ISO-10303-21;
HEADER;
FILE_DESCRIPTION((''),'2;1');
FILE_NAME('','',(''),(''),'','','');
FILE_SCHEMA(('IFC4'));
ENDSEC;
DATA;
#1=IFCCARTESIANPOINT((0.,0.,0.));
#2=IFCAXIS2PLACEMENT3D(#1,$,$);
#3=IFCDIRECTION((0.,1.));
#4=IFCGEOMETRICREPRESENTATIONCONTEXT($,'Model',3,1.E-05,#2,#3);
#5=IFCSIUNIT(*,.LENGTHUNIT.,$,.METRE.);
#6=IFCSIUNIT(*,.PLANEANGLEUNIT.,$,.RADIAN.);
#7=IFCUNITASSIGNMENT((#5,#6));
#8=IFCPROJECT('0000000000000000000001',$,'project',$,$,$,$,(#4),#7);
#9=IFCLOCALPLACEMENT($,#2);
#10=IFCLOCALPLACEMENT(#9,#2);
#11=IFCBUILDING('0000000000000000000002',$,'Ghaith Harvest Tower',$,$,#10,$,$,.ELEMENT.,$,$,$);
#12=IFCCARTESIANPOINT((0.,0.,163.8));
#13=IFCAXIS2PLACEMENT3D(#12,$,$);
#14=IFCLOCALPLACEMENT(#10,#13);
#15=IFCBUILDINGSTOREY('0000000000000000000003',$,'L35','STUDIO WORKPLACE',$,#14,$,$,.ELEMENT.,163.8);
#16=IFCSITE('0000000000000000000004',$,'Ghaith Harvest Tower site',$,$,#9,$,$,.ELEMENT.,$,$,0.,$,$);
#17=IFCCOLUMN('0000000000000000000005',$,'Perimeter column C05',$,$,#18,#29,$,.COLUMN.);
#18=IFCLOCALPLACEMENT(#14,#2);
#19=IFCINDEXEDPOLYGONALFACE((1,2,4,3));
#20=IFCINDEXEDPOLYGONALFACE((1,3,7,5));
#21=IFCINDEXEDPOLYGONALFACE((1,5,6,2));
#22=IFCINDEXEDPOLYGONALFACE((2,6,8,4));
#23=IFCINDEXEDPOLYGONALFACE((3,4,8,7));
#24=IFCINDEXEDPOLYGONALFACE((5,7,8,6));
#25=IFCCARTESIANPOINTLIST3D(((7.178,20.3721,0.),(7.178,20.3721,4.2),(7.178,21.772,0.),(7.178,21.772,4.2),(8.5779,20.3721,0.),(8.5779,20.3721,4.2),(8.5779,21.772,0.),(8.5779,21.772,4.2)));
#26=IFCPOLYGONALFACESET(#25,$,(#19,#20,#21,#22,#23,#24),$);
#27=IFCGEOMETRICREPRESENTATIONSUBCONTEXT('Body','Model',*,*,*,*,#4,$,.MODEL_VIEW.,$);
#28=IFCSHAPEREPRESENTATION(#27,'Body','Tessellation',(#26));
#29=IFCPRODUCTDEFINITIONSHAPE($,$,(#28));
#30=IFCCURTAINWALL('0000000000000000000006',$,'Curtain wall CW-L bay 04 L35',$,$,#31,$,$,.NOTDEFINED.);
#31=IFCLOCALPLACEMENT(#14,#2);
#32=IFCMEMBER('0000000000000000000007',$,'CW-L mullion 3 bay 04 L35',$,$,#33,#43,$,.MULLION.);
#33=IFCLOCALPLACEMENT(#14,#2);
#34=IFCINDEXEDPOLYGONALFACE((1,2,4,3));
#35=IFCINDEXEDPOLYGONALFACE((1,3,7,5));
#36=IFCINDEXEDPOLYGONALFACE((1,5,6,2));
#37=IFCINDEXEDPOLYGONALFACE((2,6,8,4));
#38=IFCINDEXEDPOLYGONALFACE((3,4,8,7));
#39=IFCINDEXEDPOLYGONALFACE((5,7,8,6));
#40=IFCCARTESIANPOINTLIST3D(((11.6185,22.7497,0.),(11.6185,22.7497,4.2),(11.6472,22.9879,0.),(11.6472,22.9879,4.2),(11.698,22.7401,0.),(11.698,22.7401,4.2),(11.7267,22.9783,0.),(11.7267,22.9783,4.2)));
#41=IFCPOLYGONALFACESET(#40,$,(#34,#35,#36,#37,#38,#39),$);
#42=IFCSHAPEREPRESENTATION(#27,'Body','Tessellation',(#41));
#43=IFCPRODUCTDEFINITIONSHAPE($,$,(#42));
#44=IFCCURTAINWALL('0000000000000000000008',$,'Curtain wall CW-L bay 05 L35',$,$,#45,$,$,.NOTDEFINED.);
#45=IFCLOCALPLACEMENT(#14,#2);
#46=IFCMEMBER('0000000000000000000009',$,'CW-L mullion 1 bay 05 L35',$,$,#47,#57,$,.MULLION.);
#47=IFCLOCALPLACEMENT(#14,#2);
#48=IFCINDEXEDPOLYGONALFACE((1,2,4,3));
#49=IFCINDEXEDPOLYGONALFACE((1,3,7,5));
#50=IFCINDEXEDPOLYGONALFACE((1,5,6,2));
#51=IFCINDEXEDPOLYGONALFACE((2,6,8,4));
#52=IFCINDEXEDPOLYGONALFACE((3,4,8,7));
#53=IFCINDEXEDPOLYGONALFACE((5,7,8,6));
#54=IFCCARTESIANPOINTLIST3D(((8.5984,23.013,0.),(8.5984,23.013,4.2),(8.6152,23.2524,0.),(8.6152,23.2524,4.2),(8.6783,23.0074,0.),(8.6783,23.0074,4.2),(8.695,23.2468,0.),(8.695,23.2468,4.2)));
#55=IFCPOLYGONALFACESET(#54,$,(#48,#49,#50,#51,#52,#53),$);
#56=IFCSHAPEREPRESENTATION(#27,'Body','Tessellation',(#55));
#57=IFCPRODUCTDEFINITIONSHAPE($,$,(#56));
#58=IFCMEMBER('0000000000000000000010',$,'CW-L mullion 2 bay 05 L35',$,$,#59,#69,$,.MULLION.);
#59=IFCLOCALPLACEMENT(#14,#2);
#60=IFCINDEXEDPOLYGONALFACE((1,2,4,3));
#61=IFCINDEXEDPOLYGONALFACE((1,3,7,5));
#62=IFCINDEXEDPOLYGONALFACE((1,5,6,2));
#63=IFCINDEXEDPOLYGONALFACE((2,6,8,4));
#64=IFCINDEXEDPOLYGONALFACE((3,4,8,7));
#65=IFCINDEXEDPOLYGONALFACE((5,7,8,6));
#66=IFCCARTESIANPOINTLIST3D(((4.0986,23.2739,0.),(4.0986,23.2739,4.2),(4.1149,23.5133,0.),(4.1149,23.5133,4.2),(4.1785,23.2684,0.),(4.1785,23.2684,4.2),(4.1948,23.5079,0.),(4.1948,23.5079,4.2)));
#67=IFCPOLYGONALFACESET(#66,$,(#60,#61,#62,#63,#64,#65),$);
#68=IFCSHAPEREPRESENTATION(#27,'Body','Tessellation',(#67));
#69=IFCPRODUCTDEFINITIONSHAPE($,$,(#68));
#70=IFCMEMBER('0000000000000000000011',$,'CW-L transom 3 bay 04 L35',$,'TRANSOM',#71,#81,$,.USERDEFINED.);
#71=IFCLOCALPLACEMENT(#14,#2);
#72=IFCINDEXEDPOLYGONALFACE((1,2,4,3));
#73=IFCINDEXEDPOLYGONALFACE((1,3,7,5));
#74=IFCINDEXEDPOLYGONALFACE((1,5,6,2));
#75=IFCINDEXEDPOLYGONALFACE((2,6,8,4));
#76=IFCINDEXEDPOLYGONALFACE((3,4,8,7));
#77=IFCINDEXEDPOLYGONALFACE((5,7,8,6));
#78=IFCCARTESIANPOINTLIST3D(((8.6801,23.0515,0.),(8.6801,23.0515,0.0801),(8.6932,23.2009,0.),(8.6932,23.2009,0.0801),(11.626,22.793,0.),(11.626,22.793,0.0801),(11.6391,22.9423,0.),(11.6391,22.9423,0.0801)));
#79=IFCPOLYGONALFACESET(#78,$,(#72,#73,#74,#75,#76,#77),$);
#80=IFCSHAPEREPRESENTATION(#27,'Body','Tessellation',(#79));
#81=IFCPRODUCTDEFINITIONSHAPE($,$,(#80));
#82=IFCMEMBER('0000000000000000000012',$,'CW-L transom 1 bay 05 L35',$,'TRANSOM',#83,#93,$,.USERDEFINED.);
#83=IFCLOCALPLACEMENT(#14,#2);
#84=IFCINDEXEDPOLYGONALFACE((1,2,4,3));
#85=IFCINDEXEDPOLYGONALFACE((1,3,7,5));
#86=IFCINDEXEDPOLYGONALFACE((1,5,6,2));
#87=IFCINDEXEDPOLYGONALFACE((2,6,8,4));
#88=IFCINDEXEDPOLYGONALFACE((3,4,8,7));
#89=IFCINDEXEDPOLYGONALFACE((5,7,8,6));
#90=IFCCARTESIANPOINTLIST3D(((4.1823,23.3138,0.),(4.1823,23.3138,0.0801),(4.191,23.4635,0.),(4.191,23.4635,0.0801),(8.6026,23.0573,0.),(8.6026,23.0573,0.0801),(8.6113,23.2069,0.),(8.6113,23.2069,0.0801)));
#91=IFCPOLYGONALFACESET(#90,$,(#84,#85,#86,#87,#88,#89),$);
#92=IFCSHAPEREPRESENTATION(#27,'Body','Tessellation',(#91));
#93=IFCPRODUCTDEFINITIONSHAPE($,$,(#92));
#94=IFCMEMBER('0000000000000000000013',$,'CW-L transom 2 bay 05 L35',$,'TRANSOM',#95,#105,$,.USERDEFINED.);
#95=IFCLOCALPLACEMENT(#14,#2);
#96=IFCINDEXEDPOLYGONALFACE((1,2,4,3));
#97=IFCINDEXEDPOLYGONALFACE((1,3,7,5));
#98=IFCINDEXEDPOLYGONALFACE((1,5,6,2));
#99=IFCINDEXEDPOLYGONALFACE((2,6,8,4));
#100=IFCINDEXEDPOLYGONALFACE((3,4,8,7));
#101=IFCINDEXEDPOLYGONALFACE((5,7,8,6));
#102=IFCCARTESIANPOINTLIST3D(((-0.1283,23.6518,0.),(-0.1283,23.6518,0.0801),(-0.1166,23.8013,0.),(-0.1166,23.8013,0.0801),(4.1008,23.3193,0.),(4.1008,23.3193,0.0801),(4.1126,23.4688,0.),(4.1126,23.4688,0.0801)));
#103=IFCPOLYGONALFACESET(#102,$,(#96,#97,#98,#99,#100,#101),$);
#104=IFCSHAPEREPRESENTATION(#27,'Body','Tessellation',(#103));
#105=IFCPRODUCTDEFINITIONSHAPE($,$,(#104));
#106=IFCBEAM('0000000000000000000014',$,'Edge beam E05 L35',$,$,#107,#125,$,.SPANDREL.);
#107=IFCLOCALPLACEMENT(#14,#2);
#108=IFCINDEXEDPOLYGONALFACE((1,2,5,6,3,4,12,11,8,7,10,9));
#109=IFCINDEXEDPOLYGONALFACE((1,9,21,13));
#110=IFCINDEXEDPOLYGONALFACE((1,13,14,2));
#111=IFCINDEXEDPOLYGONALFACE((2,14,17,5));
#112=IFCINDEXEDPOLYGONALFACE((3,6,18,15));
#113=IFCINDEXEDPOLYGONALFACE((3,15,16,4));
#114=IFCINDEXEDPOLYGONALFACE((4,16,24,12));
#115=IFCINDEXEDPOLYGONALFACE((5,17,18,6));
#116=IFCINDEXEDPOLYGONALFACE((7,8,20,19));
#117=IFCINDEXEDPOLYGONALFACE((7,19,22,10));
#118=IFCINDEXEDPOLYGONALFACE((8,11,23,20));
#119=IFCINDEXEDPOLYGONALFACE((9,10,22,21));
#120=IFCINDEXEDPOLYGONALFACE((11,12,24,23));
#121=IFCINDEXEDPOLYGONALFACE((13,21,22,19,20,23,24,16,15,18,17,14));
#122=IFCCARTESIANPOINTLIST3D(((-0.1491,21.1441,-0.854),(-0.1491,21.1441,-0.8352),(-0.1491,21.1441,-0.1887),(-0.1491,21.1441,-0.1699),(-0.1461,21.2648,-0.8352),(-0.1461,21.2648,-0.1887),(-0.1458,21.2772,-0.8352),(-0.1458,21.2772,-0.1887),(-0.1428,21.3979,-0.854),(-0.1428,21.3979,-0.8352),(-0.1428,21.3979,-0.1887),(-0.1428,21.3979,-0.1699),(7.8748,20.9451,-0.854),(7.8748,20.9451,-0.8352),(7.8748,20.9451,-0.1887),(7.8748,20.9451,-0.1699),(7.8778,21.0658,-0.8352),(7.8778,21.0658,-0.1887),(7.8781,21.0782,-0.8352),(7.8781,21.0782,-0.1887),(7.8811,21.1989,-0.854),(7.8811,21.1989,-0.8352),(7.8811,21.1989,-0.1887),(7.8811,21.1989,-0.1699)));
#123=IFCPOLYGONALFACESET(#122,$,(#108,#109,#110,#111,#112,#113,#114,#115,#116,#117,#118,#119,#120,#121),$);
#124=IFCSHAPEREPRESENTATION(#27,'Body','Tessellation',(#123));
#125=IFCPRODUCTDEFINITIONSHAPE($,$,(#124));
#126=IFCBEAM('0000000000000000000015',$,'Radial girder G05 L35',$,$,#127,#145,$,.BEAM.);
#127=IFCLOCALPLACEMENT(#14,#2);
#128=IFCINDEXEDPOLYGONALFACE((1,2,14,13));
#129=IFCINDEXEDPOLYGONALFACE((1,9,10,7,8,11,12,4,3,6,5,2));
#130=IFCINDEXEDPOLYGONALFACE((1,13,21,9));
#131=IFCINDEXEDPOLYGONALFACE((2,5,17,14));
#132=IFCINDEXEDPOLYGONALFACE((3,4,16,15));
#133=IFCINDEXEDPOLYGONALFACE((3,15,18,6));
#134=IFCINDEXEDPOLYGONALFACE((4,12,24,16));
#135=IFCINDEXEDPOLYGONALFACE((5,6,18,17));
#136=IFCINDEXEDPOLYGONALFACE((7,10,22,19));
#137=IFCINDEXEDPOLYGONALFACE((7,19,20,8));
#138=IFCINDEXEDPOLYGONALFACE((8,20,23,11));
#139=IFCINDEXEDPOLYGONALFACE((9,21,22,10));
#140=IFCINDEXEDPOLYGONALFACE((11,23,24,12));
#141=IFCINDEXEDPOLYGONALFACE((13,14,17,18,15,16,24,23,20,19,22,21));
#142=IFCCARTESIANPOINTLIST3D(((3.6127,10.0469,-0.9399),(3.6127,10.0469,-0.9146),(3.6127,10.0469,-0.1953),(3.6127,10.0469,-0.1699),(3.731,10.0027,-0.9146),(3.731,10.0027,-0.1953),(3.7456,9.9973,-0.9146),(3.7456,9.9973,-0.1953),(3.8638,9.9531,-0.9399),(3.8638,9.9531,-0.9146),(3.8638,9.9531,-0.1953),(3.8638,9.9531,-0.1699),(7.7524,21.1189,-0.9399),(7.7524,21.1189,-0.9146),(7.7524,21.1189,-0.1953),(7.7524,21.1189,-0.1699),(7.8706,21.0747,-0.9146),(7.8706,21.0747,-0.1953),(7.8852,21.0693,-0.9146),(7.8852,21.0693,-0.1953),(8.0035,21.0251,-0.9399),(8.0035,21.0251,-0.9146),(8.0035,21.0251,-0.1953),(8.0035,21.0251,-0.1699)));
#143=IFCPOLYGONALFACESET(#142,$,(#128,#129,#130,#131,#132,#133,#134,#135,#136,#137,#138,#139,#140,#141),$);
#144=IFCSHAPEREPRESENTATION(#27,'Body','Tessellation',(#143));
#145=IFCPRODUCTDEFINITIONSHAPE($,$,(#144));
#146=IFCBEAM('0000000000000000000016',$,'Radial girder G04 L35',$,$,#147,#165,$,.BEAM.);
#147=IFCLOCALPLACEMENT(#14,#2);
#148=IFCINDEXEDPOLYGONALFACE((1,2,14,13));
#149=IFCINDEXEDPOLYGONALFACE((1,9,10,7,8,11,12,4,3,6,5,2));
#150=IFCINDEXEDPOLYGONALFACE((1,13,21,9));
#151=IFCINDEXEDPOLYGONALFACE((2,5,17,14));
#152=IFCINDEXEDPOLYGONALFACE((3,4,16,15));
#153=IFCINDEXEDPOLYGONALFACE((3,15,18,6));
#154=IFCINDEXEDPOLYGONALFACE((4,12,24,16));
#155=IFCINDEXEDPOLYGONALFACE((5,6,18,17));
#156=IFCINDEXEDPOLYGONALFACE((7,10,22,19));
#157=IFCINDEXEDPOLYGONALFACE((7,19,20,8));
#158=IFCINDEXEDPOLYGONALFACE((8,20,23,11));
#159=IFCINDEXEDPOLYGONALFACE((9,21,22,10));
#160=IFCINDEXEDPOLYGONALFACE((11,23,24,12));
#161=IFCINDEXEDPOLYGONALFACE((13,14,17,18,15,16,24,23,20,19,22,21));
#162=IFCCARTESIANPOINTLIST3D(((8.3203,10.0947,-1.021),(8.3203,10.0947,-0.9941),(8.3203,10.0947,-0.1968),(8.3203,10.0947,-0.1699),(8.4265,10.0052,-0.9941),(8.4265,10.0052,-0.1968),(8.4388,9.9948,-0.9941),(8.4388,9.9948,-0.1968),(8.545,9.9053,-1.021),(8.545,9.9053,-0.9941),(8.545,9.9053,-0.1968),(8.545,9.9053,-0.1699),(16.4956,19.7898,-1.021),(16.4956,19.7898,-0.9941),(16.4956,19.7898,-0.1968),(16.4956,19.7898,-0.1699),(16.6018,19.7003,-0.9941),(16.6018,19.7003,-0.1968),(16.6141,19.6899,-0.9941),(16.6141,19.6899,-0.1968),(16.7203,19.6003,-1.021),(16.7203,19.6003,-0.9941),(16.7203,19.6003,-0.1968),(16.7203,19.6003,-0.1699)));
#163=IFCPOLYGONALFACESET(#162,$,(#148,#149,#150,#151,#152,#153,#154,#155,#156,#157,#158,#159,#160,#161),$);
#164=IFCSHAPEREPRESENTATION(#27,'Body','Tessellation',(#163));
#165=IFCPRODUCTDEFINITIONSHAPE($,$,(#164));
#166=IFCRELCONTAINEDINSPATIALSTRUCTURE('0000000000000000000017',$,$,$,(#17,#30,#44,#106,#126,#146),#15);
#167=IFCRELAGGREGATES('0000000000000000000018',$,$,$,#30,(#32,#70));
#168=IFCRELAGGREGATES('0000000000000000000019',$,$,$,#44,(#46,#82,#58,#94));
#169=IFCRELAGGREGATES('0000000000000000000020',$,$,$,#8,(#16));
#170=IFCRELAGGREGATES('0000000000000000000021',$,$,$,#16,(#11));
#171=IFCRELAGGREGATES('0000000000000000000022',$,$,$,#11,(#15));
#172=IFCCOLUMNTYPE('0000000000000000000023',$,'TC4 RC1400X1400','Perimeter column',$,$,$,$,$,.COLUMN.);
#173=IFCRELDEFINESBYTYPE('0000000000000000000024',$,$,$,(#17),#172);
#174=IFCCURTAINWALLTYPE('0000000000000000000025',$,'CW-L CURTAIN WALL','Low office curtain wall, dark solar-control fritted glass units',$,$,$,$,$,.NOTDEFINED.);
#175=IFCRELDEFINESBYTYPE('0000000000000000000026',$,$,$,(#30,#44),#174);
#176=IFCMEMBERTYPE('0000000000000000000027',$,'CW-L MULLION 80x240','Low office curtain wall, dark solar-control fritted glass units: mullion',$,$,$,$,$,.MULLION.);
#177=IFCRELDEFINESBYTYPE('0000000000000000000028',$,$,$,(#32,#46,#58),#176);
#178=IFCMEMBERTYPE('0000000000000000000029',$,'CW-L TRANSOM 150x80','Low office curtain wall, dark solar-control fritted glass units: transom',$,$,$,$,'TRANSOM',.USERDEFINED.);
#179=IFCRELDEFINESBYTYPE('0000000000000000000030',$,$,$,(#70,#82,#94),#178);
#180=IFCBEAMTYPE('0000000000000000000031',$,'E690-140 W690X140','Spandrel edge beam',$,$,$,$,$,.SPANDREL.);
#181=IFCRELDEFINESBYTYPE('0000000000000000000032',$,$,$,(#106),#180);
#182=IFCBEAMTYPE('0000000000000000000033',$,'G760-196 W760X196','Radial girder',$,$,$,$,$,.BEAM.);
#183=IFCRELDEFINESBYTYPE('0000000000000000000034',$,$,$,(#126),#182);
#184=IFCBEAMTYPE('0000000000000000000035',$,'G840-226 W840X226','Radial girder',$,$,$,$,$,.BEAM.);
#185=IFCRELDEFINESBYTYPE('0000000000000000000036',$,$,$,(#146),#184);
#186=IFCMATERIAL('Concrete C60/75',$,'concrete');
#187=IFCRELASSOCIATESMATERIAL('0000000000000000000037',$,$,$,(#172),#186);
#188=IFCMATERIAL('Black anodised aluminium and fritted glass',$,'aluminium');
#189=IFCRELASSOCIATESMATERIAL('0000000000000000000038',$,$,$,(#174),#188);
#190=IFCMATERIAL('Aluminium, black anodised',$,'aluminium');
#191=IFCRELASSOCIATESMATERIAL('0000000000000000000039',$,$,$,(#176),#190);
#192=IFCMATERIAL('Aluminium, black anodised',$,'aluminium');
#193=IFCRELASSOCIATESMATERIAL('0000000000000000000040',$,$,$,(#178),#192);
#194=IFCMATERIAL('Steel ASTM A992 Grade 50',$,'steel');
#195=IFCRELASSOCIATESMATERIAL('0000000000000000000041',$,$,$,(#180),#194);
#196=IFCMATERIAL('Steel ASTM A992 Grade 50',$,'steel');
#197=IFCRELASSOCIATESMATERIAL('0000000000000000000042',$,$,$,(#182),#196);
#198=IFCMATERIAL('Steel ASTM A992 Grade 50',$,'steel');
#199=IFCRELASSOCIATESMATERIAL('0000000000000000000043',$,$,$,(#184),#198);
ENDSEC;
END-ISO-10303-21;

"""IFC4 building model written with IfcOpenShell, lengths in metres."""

from ifc_helpers import new_model, si_unit, direction, frame, origin, origin_2d, place, context, subcontext, project, spatial, rectangle, i_section, extrude, material, material_profile, profile_set, type_object, element, aggregate, save


model = new_model("IFC4")

# Units and contexts
model_context = context("Model", 3, precision=1e-05, world=origin(), true_north=direction((0.0, 1.0)))
body_context = subcontext(model_context, "Body", "Model", "MODEL_VIEW")
ifc_project = project(units=[si_unit("LENGTHUNIT", "METRE"), si_unit("PLANEANGLEUNIT", "RADIAN")], contexts=[model_context])

# Site, building, storey
site_placement = place(None, origin())
site = spatial("IfcSite", under=ifc_project, at=site_placement, Name="Ghaith Harvest Tower site", CompositionType="ELEMENT", RefElevation=0.0)
building_placement = place(site_placement, origin())
building = spatial("IfcBuilding", under=site, at=building_placement, Name="Ghaith Harvest Tower", CompositionType="ELEMENT")
storey_placement = place(building_placement, frame((0.0, 0.0, 163.8)))
storey = spatial("IfcBuildingStorey", under=building, at=storey_placement, Name="L35", Description="STUDIO WORKPLACE", CompositionType="ELEMENT", Elevation=163.8)

# Column
ifc_material_1 = material(Name="Concrete C60/75", Category="concrete")
ifc_material_profile_1 = material_profile(ifc_material_1, rectangle(XDim=1.3999, YDim=1.3999, at=origin_2d()), Name="RC1400X1400")
ifc_profile_set_1 = profile_set([ifc_material_profile_1], Name="Concrete C60/75")
column_type = type_object("IfcColumnType", Name="TC4 RC1400X1400", Description="Perimeter column", PredefinedType="COLUMN", material=ifc_profile_set_1)
column_placement = place(storey_placement, frame((7.8779, 21.072, 0.0), z_axis=(0.0, 0.0, 1.0), x_axis=(1.0, 0.0, 0.0)))
element("IfcColumn", 1, at=column_placement, inside=storey, type_object=column_type, Name="Perimeter column C05", PredefinedType="COLUMN", context=body_context, shape_type="SweptSolid", body=[
    extrude(rectangle(XDim=1.3999, YDim=1.3999, at=origin_2d()), origin(), (0.0, 0.0, 1.0), 4.2),
])

# Curtain wall, member
ifc_material_2 = material(Name="Black anodised aluminium and fritted glass", Category="aluminium")
curtain_wall_type = type_object("IfcCurtainWallType", Name="CW-L CURTAIN WALL", Description="Low office curtain wall, dark solar-control fritted glass units", PredefinedType="NOTDEFINED", material=ifc_material_2)
curtain_wall_1_placement = place(storey_placement, origin())
curtain_wall_1 = element("IfcCurtainWall", 2, at=curtain_wall_1_placement, inside=storey, type_object=curtain_wall_type, Name="Curtain wall CW-L bay 04 L35", PredefinedType="NOTDEFINED")
ifc_material_3 = material(Name="Aluminium, black anodised", Category="aluminium")
ifc_material_profile_2 = material_profile(ifc_material_3, rectangle(XDim=0.0801, YDim=0.24, at=origin_2d()), Name="CW-L MULLION 80x240")
ifc_profile_set_2 = profile_set([ifc_material_profile_2], Name="Aluminium, black anodised")
member_type_1 = type_object("IfcMemberType", Name="CW-L MULLION 80x240", Description="Low office curtain wall, dark solar-control fritted glass units: mullion", PredefinedType="MULLION", material=ifc_profile_set_2)
member_1_placement = place(storey_placement, frame((11.6726, 22.864, 0.0), z_axis=(0.0, 0.0, 1.0), x_axis=(-0.9928, 0.11978, 0.0)))
member_1 = element("IfcMember", 3, at=member_1_placement, type_object=member_type_1, Name="CW-L mullion 3 bay 04 L35", PredefinedType="MULLION", context=body_context, shape_type="SweptSolid", body=[
    extrude(rectangle(XDim=0.0801, YDim=0.24, at=origin_2d()), origin(), (0.0, 0.0, 1.0), 4.2),
])

# Curtain wall, members
curtain_wall_2_placement = place(storey_placement, origin())
curtain_wall_2 = element("IfcCurtainWall", 4, at=curtain_wall_2_placement, inside=storey, type_object=curtain_wall_type, Name="Curtain wall CW-L bay 05 L35", PredefinedType="NOTDEFINED")
member_2_placement = place(storey_placement, frame((8.6467, 23.1299, 0.0), z_axis=(0.0, 0.0, 1.0), x_axis=(-0.997559, 0.069832, 0.0)))
member_2 = element("IfcMember", 5, at=member_2_placement, type_object=member_type_1, Name="CW-L mullion 1 bay 05 L35", PredefinedType="MULLION", context=body_context, shape_type="SweptSolid", body=[
    extrude(rectangle(XDim=0.0801, YDim=0.24, at=origin_2d()), origin(), (0.0, 0.0, 1.0), 4.2),
])
member_3_placement = place(storey_placement, frame((4.1467, 23.3909, 0.0), z_axis=(0.0, 0.0, 1.0), x_axis=(-0.99769, 0.067933, 0.0)))
member_3 = element("IfcMember", 6, at=member_3_placement, type_object=member_type_1, Name="CW-L mullion 2 bay 05 L35", PredefinedType="MULLION", context=body_context, shape_type="SweptSolid", body=[
    extrude(rectangle(XDim=0.0801, YDim=0.24, at=origin_2d()), origin(), (0.0, 0.0, 1.0), 4.2),
])

# Members
ifc_material_4 = material(Name="Aluminium, black anodised", Category="aluminium")
ifc_material_profile_3 = material_profile(ifc_material_4, rectangle(XDim=0.1499, YDim=0.0801, at=origin_2d()), Name="CW-L TRANSOM 150x80")
ifc_profile_set_3 = profile_set([ifc_material_profile_3], Name="Aluminium, black anodised")
member_type_2 = type_object("IfcMemberType", Name="CW-L TRANSOM 150x80", Description="Low office curtain wall, dark solar-control fritted glass units: transom", ElementType="TRANSOM", PredefinedType="USERDEFINED", material=ifc_profile_set_3)
member_4_placement = place(storey_placement, frame((11.6326, 22.8677, 0.04), z_axis=(-0.996171, 0.087424, 0.0), x_axis=(-0.087424, -0.996171, 0.0)))
member_4 = element("IfcMember", 7, at=member_4_placement, type_object=member_type_2, Name="CW-L transom 3 bay 04 L35", ObjectType="TRANSOM", PredefinedType="USERDEFINED", context=body_context, shape_type="SweptSolid", body=[
    extrude(rectangle(XDim=0.1499, YDim=0.0801, at=origin_2d()), origin(), (0.0, 0.0, 1.0), 2.9573),
])
member_5_placement = place(storey_placement, frame((8.6069, 23.1321, 0.04), z_axis=(-0.99832, 0.05795, 0.0), x_axis=(-0.05795, -0.99832, 0.0)))
member_5 = element("IfcMember", 8, at=member_5_placement, type_object=member_type_2, Name="CW-L transom 1 bay 05 L35", ObjectType="TRANSOM", PredefinedType="USERDEFINED", context=body_context, shape_type="SweptSolid", body=[
    extrude(rectangle(XDim=0.1499, YDim=0.0801, at=origin_2d()), origin(), (0.0, 0.0, 1.0), 4.4277),
])
member_6_placement = place(storey_placement, frame((4.1067, 23.394, 0.04), z_axis=(-0.996923, 0.078382, 0.0), x_axis=(-0.078382, -0.996923, 0.0)))
member_6 = element("IfcMember", 9, at=member_6_placement, type_object=member_type_2, Name="CW-L transom 2 bay 05 L35", ObjectType="TRANSOM", PredefinedType="USERDEFINED", context=body_context, shape_type="SweptSolid", body=[
    extrude(rectangle(XDim=0.1499, YDim=0.0801, at=origin_2d()), origin(), (0.0, 0.0, 1.0), 4.2422),
])

# Beams
ifc_material_5 = material(Name="Steel ASTM A992 Grade 50", Category="steel")
ifc_material_profile_4 = material_profile(ifc_material_5, i_section(OverallWidth=0.2539, OverallDepth=0.6841, WebThickness=0.0125, FlangeThickness=0.0188, at=origin_2d()), Name="W690X140")
ifc_profile_set_4 = profile_set([ifc_material_profile_4], Name="Steel ASTM A992 Grade 50")
beam_type_1 = type_object("IfcBeamType", Name="E690-140 W690X140", Description="Spandrel edge beam", PredefinedType="SPANDREL", material=ifc_profile_set_4)
beam_1_placement = place(storey_placement, frame((7.8779, 21.072, -0.512), z_axis=(-0.999693, 0.02479, 0.0), x_axis=(-0.02479, -0.999693, 0.0)))
element("IfcBeam", 10, at=beam_1_placement, inside=storey, type_object=beam_type_1, Name="Edge beam E05 L35", PredefinedType="SPANDREL", context=body_context, shape_type="SweptSolid", body=[
    extrude(i_section(OverallWidth=0.2539, OverallDepth=0.6841, WebThickness=0.0125, FlangeThickness=0.0188, at=origin_2d()), origin(), (0.0, 0.0, 1.0), 8.0264),
])
ifc_material_6 = material(Name="Steel ASTM A992 Grade 50", Category="steel")
ifc_material_profile_5 = material_profile(ifc_material_6, i_section(OverallWidth=0.2681, OverallDepth=0.77, WebThickness=0.0156, FlangeThickness=0.0254, at=origin_2d()), Name="W760X196")
ifc_profile_set_5 = profile_set([ifc_material_profile_5], Name="Steel ASTM A992 Grade 50")
beam_type_2 = type_object("IfcBeamType", Name="G760-196 W760X196", Description="Radial girder", PredefinedType="BEAM", material=ifc_profile_set_5)
beam_2_placement = place(storey_placement, frame((3.7383, 10.0, -0.5549), z_axis=(0.350207, 0.936672, 0.0), x_axis=(-0.936672, 0.350207, 0.0)))
element("IfcBeam", 11, at=beam_2_placement, inside=storey, type_object=beam_type_2, Name="Radial girder G05 L35", PredefinedType="BEAM", context=body_context, shape_type="SweptSolid", body=[
    extrude(i_section(OverallWidth=0.2681, OverallDepth=0.77, WebThickness=0.0156, FlangeThickness=0.0254, at=origin_2d()), origin(), (0.0, 0.0, 1.0), 11.8206),
])
ifc_material_7 = material(Name="Steel ASTM A992 Grade 50", Category="steel")
ifc_material_profile_6 = material_profile(ifc_material_7, i_section(OverallWidth=0.2939, OverallDepth=0.8511, WebThickness=0.0161, FlangeThickness=0.0269, at=origin_2d()), Name="W840X226")
ifc_profile_set_6 = profile_set([ifc_material_profile_6], Name="Steel ASTM A992 Grade 50")
beam_type_3 = type_object("IfcBeamType", Name="G840-226 W840X226", Description="Radial girder", PredefinedType="BEAM", material=ifc_profile_set_6)
beam_3_placement = place(storey_placement, frame((8.4326, 10.0, -0.5955), z_axis=(0.644644, 0.764483, 0.0), x_axis=(-0.764483, 0.644644, 0.0)))
element("IfcBeam", 12, at=beam_3_placement, inside=storey, type_object=beam_type_3, Name="Radial girder G04 L35", PredefinedType="BEAM", context=body_context, shape_type="SweptSolid", body=[
    extrude(i_section(OverallWidth=0.2939, OverallDepth=0.8511, WebThickness=0.0161, FlangeThickness=0.0269, at=origin_2d()), origin(), (0.0, 0.0, 1.0), 12.6819),
])

aggregate(curtain_wall_1, [member_1, member_4])
aggregate(curtain_wall_2, [member_2, member_5, member_3, member_6])

save(model, "model.ifc")
